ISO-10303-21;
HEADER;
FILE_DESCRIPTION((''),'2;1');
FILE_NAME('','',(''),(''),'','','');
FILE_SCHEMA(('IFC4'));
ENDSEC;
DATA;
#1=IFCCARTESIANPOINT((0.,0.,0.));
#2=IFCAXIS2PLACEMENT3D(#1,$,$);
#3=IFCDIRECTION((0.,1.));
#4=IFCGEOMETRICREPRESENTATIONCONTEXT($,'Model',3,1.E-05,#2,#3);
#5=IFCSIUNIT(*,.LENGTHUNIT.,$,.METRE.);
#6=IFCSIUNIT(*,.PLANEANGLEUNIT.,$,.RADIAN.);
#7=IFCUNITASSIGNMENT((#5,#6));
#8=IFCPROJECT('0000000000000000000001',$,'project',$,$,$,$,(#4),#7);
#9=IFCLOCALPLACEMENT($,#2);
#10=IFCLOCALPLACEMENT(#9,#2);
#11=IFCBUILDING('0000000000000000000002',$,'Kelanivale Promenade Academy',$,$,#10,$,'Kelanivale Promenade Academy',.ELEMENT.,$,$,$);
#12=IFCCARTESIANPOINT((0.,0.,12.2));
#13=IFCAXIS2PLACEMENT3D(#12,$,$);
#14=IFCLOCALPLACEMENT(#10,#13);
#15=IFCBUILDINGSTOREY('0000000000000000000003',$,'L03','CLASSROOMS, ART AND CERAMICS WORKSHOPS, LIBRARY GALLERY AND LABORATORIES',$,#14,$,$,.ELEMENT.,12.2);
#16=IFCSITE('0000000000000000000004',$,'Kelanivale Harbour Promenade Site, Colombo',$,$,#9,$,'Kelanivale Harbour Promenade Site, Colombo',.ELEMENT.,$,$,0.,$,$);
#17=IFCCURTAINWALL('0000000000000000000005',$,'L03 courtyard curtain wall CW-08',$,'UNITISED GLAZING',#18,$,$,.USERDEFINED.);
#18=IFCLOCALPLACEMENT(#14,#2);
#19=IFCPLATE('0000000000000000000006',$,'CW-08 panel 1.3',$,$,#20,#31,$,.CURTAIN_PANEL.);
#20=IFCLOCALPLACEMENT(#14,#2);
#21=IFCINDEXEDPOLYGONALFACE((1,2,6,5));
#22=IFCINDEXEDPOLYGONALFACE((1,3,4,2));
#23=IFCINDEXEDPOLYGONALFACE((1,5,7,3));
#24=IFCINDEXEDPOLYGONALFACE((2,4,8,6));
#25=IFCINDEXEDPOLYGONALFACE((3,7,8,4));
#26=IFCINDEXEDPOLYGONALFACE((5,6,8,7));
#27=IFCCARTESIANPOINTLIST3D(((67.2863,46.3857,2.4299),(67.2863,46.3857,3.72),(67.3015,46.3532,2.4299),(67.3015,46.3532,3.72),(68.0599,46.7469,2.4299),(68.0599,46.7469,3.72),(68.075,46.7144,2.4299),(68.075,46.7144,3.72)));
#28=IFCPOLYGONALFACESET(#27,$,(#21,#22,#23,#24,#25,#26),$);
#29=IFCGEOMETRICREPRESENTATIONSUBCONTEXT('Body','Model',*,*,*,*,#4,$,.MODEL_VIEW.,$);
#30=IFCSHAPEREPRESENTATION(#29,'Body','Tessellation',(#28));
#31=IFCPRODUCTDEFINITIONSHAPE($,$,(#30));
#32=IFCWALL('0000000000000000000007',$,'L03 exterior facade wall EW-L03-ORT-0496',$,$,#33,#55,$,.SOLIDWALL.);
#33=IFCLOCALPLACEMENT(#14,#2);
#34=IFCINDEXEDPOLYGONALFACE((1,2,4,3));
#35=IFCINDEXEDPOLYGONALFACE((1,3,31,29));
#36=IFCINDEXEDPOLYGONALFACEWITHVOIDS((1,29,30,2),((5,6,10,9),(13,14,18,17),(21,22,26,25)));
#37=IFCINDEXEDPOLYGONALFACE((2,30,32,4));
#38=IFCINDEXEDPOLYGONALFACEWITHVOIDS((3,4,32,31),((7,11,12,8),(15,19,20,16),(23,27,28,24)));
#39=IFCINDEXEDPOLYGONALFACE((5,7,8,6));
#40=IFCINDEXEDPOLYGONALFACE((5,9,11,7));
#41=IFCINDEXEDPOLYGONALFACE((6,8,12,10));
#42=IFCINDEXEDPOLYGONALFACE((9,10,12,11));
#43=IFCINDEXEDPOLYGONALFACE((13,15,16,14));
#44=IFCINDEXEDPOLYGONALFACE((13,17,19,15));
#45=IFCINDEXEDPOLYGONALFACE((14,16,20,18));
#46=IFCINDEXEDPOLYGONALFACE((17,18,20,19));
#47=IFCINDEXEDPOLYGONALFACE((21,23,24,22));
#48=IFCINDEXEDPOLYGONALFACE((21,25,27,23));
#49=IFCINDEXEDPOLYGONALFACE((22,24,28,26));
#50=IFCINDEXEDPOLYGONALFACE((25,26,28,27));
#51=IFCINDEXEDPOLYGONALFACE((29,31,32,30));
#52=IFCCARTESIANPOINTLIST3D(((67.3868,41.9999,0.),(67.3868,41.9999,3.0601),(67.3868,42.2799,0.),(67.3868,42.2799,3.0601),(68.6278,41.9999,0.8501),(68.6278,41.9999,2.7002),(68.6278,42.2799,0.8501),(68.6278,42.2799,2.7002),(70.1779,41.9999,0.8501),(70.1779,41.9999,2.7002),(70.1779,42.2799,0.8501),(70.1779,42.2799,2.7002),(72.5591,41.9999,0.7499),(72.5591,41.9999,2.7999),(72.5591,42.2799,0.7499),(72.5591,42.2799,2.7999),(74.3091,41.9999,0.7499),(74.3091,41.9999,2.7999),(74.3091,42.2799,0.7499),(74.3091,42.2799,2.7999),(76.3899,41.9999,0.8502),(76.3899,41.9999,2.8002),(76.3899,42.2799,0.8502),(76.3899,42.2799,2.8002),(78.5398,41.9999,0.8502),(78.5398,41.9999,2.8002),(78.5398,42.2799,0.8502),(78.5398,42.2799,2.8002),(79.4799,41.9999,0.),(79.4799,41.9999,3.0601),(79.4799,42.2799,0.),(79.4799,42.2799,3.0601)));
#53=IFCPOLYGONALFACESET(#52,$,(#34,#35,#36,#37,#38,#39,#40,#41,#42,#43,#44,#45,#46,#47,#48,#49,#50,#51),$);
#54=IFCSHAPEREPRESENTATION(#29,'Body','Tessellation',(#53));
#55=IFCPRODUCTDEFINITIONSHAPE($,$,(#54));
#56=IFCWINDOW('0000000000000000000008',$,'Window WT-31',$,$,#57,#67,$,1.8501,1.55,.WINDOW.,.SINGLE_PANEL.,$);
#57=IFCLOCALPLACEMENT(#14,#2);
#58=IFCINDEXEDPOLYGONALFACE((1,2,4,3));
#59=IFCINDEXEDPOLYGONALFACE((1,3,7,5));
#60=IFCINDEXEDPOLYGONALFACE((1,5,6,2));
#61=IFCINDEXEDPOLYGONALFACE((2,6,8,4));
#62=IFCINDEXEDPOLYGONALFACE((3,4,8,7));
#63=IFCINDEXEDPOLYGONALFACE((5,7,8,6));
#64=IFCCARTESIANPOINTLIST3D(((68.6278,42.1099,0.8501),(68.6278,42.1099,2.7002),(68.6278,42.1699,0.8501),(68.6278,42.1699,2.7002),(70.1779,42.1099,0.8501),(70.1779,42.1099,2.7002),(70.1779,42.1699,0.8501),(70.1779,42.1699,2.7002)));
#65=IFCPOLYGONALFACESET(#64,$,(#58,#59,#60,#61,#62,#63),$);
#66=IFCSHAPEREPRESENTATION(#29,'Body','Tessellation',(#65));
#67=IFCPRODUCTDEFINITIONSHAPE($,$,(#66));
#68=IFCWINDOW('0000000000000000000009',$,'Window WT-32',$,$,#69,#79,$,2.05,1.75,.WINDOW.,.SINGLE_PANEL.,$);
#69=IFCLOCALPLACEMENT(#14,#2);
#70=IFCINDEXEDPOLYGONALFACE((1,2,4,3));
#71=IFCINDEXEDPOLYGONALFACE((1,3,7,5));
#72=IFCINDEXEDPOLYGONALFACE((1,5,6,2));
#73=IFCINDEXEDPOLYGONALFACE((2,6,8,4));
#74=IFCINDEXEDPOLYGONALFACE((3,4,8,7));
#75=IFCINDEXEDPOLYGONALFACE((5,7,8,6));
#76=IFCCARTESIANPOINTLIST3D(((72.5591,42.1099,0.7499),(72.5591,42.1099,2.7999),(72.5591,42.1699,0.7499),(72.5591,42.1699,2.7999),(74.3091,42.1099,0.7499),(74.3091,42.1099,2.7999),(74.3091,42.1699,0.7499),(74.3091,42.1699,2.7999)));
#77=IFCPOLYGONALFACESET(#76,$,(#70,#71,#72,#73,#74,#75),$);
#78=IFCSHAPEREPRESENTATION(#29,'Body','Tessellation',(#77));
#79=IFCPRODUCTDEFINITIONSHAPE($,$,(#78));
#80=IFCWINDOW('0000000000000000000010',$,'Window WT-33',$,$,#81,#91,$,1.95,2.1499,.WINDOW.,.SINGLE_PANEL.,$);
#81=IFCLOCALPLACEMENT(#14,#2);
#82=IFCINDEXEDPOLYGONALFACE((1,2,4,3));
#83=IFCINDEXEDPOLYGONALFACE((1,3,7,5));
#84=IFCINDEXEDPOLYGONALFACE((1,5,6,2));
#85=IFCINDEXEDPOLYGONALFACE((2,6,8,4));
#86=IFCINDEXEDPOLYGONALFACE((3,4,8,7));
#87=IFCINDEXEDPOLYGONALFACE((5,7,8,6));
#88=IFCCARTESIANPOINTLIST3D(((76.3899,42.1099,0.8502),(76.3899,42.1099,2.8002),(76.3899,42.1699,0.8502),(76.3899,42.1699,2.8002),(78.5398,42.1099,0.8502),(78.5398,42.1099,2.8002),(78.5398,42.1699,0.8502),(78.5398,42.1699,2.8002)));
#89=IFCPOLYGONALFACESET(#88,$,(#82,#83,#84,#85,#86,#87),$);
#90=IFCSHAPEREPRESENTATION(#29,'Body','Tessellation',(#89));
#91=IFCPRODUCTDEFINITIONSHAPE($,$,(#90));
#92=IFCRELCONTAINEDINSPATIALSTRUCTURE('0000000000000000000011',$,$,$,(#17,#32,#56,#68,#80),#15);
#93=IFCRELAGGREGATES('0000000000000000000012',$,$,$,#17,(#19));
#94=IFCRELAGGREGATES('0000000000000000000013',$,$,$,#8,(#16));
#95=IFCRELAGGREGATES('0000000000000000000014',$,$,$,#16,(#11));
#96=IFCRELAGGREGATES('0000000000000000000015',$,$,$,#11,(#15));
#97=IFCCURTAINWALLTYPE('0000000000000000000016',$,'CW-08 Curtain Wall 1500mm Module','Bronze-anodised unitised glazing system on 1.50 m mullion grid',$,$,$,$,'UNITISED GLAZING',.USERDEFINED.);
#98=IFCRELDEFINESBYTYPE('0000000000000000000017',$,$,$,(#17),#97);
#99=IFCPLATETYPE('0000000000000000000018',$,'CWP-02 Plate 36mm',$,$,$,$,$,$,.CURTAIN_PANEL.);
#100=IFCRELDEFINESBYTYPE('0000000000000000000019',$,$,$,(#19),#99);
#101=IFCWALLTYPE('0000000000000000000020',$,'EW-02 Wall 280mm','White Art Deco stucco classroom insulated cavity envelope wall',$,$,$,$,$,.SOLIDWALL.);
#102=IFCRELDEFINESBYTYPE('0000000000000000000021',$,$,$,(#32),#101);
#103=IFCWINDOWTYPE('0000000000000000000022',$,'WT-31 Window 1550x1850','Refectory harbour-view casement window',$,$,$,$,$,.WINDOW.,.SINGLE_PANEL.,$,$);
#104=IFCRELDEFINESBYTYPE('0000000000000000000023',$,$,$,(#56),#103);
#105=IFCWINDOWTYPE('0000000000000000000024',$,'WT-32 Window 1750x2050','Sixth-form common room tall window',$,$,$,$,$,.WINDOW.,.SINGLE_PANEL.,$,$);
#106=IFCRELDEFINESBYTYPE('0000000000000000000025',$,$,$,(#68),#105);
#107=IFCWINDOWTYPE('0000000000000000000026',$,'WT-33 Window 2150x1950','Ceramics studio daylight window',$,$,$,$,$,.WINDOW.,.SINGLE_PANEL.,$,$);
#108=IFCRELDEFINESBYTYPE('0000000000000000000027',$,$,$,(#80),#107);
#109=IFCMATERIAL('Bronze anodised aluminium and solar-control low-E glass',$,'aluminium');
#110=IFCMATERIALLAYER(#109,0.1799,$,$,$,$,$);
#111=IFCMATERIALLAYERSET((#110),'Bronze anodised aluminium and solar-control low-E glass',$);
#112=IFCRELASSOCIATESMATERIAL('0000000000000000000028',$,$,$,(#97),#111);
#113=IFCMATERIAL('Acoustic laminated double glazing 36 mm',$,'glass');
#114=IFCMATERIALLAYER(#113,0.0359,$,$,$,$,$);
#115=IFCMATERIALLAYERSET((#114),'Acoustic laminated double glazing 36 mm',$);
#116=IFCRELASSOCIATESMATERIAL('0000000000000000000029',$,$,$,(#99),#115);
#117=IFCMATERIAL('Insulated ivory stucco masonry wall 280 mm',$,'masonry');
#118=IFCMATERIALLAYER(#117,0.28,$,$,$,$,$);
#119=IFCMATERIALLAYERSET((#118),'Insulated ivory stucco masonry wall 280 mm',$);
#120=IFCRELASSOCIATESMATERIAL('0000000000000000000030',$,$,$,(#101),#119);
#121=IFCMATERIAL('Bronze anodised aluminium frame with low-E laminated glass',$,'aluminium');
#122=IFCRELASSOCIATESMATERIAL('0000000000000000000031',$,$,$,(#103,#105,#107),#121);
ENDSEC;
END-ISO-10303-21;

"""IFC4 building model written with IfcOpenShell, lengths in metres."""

from ifc_helpers import new_model, si_unit, direction, frame, frame_2d, origin, origin_2d, place, context, subcontext, project, spatial, rectangle, extrude, material, layer, layer_set, type_object, element, fill, aggregate, save


model = new_model("IFC4")

# Units and contexts
model_context = context("Model", 3, precision=1e-05, world=origin(), true_north=direction((0.0, 1.0)))
body_context = subcontext(model_context, "Body", "Model", "MODEL_VIEW")
ifc_project = project(units=[si_unit("LENGTHUNIT", "METRE"), si_unit("PLANEANGLEUNIT", "RADIAN")], contexts=[model_context])

# Site, building, storey
site_placement = place(None, origin())
site = spatial("IfcSite", under=ifc_project, at=site_placement, Name="Kelanivale Harbour Promenade Site, Colombo", LongName="Kelanivale Harbour Promenade Site, Colombo", CompositionType="ELEMENT", RefElevation=0.0)
building_placement = place(site_placement, origin())
building = spatial("IfcBuilding", under=site, at=building_placement, Name="Kelanivale Promenade Academy", LongName="Kelanivale Promenade Academy", CompositionType="ELEMENT")
storey_placement = place(building_placement, frame((0.0, 0.0, 12.2)))
storey = spatial("IfcBuildingStorey", under=building, at=storey_placement, Name="L03", Description="CLASSROOMS, ART AND CERAMICS WORKSHOPS, LIBRARY GALLERY AND LABORATORIES", CompositionType="ELEMENT", Elevation=12.2)

# Curtain wall, plate
ifc_material_1 = material(Name="Bronze anodised aluminium and solar-control low-E glass", Category="aluminium")
ifc_layer_1 = layer(ifc_material_1, 0.1799)
ifc_layer_set_1 = layer_set([ifc_layer_1], Name="Bronze anodised aluminium and solar-control low-E glass")
curtain_wall_type = type_object("IfcCurtainWallType", Name="CW-08 Curtain Wall 1500mm Module", Description="Bronze-anodised unitised glazing system on 1.50 m mullion grid", ElementType="UNITISED GLAZING", PredefinedType="USERDEFINED", material=ifc_layer_set_1)
curtain_wall_placement = place(storey_placement, origin())
curtain_wall = element("IfcCurtainWall", 1, at=curtain_wall_placement, inside=storey, type_object=curtain_wall_type, Name="L03 courtyard curtain wall CW-08", ObjectType="UNITISED GLAZING", PredefinedType="USERDEFINED")
ifc_material_2 = material(Name="Acoustic laminated double glazing 36 mm", Category="glass")
ifc_layer_2 = layer(ifc_material_2, 0.0359)
ifc_layer_set_2 = layer_set([ifc_layer_2], Name="Acoustic laminated double glazing 36 mm")
plate_type = type_object("IfcPlateType", Name="CWP-02 Plate 36mm", PredefinedType="CURTAIN_PANEL", material=ifc_layer_set_2)
plate_1_placement = place(storey_placement, frame((67.6807, 46.55, 2.4299), z_axis=(0.0, 0.0, 1.0), x_axis=(0.906089, 0.423087, 0.0)))
plate_1 = element("IfcPlate", 2, at=plate_1_placement, type_object=plate_type, Name="CW-08 panel 1.3", PredefinedType="CURTAIN_PANEL", context=body_context, shape_type="SweptSolid", body=[
    extrude(rectangle(XDim=0.8538, YDim=0.0359, at=origin_2d()), origin(), (0.0, 0.0, 1.0), 1.29),
])
aggregate(curtain_wall, [plate_1])

# Wall, openings, windows
ifc_material_3 = material(Name="Insulated ivory stucco masonry wall 280 mm", Category="masonry")
ifc_layer_3 = layer(ifc_material_3, 0.28)
ifc_layer_set_3 = layer_set([ifc_layer_3], Name="Insulated ivory stucco masonry wall 280 mm")
wall_type = type_object("IfcWallType", Name="EW-02 Wall 280mm", Description="White Art Deco stucco classroom insulated cavity envelope wall", PredefinedType="SOLIDWALL", material=ifc_layer_set_3)
wall_placement = place(storey_placement, frame((67.387, 42.1399, 0.0), z_axis=(0.0, 0.0, 1.0), x_axis=(1.0, 0.0, 0.0)))
wall = element("IfcWall", 3, at=wall_placement, inside=storey, type_object=wall_type, Name="L03 exterior facade wall EW-L03-ORT-0496", PredefinedType="SOLIDWALL", context=body_context, shape_type="SweptSolid", body=[
    extrude(rectangle(XDim=12.093, YDim=0.28, at=frame_2d((6.0464, 0.0))), origin(), (0.0, 0.0, 1.0), 3.0601),
])
opening_1_placement = place(wall_placement, frame((1.241, 0.0, 0.8501)))
opening_1 = element("IfcOpeningElement", 4, at=opening_1_placement, cuts=wall, PredefinedType="OPENING", context=body_context, shape_type="SweptSolid", body=[
    extrude(rectangle(XDim=1.55, YDim=1.8501, at=frame_2d((0.7749, 0.925))), frame((0.0, 0.1499, 0.0), z_axis=(0.0, -1.0, 0.0), x_axis=(1.0, 0.0, 0.0)), (0.0, 0.0, 1.0), 0.3),
])
opening_2_placement = place(wall_placement, frame((5.1721, 0.0, 0.75)))
opening_2 = element("IfcOpeningElement", 5, at=opening_2_placement, cuts=wall, PredefinedType="OPENING", context=body_context, shape_type="SweptSolid", body=[
    extrude(rectangle(XDim=1.75, YDim=2.05, at=frame_2d((0.875, 1.0249))), frame((0.0, 0.1499, 0.0), z_axis=(0.0, -1.0, 0.0), x_axis=(1.0, 0.0, 0.0)), (0.0, 0.0, 1.0), 0.3),
])
opening_3_placement = place(wall_placement, frame((9.0029, 0.0, 0.8501)))
opening_3 = element("IfcOpeningElement", 6, at=opening_3_placement, cuts=wall, PredefinedType="OPENING", context=body_context, shape_type="SweptSolid", body=[
    extrude(rectangle(XDim=2.1499, YDim=1.95, at=frame_2d((1.075, 0.9751))), frame((0.0, 0.1499, 0.0), z_axis=(0.0, -1.0, 0.0), x_axis=(1.0, 0.0, 0.0)), (0.0, 0.0, 1.0), 0.3),
])
ifc_material_4 = material(Name="Bronze anodised aluminium frame with low-E laminated glass", Category="aluminium")
window_type_1 = type_object("IfcWindowType", Name="WT-31 Window 1550x1850", Description="Refectory harbour-view casement window", PartitioningType="SINGLE_PANEL", PredefinedType="WINDOW", material=ifc_material_4)
window_1_placement = place(opening_1_placement, origin())
window_1 = element("IfcWindow", 7, at=window_1_placement, inside=storey, type_object=window_type_1, Name="Window WT-31", OverallHeight=1.8501, OverallWidth=1.55, PartitioningType="SINGLE_PANEL", PredefinedType="WINDOW", context=body_context, shape_type="SweptSolid", body=[
    extrude(rectangle(XDim=1.55, YDim=1.8501, at=frame_2d((0.7749, 0.925))), frame((0.0, 0.03, 0.0), z_axis=(0.0, -1.0, 0.0), x_axis=(1.0, 0.0, 0.0)), (0.0, 0.0, 1.0), 0.0601),
])
fill(opening_1, window_1)
window_type_2 = type_object("IfcWindowType", Name="WT-32 Window 1750x2050", Description="Sixth-form common room tall window", PartitioningType="SINGLE_PANEL", PredefinedType="WINDOW", material=ifc_material_4)
window_2_placement = place(opening_2_placement, origin())
window_2 = element("IfcWindow", 8, at=window_2_placement, inside=storey, type_object=window_type_2, Name="Window WT-32", OverallHeight=2.05, OverallWidth=1.75, PartitioningType="SINGLE_PANEL", PredefinedType="WINDOW", context=body_context, shape_type="SweptSolid", body=[
    extrude(rectangle(XDim=1.75, YDim=2.05, at=frame_2d((0.875, 1.0249))), frame((0.0, 0.03, 0.0), z_axis=(0.0, -1.0, 0.0), x_axis=(1.0, 0.0, 0.0)), (0.0, 0.0, 1.0), 0.0601),
])
fill(opening_2, window_2)
window_type_3 = type_object("IfcWindowType", Name="WT-33 Window 2150x1950", Description="Ceramics studio daylight window", PartitioningType="SINGLE_PANEL", PredefinedType="WINDOW", material=ifc_material_4)
window_3_placement = place(opening_3_placement, origin())
window_3 = element("IfcWindow", 9, at=window_3_placement, inside=storey, type_object=window_type_3, Name="Window WT-33", OverallHeight=1.95, OverallWidth=2.1499, PartitioningType="SINGLE_PANEL", PredefinedType="WINDOW", context=body_context, shape_type="SweptSolid", body=[
    extrude(rectangle(XDim=2.1499, YDim=1.95, at=frame_2d((1.075, 0.9751))), frame((0.0, 0.03, 0.0), z_axis=(0.0, -1.0, 0.0), x_axis=(1.0, 0.0, 0.0)), (0.0, 0.0, 1.0), 0.0601),
])
fill(opening_3, window_3)

save(model, "model.ifc")
